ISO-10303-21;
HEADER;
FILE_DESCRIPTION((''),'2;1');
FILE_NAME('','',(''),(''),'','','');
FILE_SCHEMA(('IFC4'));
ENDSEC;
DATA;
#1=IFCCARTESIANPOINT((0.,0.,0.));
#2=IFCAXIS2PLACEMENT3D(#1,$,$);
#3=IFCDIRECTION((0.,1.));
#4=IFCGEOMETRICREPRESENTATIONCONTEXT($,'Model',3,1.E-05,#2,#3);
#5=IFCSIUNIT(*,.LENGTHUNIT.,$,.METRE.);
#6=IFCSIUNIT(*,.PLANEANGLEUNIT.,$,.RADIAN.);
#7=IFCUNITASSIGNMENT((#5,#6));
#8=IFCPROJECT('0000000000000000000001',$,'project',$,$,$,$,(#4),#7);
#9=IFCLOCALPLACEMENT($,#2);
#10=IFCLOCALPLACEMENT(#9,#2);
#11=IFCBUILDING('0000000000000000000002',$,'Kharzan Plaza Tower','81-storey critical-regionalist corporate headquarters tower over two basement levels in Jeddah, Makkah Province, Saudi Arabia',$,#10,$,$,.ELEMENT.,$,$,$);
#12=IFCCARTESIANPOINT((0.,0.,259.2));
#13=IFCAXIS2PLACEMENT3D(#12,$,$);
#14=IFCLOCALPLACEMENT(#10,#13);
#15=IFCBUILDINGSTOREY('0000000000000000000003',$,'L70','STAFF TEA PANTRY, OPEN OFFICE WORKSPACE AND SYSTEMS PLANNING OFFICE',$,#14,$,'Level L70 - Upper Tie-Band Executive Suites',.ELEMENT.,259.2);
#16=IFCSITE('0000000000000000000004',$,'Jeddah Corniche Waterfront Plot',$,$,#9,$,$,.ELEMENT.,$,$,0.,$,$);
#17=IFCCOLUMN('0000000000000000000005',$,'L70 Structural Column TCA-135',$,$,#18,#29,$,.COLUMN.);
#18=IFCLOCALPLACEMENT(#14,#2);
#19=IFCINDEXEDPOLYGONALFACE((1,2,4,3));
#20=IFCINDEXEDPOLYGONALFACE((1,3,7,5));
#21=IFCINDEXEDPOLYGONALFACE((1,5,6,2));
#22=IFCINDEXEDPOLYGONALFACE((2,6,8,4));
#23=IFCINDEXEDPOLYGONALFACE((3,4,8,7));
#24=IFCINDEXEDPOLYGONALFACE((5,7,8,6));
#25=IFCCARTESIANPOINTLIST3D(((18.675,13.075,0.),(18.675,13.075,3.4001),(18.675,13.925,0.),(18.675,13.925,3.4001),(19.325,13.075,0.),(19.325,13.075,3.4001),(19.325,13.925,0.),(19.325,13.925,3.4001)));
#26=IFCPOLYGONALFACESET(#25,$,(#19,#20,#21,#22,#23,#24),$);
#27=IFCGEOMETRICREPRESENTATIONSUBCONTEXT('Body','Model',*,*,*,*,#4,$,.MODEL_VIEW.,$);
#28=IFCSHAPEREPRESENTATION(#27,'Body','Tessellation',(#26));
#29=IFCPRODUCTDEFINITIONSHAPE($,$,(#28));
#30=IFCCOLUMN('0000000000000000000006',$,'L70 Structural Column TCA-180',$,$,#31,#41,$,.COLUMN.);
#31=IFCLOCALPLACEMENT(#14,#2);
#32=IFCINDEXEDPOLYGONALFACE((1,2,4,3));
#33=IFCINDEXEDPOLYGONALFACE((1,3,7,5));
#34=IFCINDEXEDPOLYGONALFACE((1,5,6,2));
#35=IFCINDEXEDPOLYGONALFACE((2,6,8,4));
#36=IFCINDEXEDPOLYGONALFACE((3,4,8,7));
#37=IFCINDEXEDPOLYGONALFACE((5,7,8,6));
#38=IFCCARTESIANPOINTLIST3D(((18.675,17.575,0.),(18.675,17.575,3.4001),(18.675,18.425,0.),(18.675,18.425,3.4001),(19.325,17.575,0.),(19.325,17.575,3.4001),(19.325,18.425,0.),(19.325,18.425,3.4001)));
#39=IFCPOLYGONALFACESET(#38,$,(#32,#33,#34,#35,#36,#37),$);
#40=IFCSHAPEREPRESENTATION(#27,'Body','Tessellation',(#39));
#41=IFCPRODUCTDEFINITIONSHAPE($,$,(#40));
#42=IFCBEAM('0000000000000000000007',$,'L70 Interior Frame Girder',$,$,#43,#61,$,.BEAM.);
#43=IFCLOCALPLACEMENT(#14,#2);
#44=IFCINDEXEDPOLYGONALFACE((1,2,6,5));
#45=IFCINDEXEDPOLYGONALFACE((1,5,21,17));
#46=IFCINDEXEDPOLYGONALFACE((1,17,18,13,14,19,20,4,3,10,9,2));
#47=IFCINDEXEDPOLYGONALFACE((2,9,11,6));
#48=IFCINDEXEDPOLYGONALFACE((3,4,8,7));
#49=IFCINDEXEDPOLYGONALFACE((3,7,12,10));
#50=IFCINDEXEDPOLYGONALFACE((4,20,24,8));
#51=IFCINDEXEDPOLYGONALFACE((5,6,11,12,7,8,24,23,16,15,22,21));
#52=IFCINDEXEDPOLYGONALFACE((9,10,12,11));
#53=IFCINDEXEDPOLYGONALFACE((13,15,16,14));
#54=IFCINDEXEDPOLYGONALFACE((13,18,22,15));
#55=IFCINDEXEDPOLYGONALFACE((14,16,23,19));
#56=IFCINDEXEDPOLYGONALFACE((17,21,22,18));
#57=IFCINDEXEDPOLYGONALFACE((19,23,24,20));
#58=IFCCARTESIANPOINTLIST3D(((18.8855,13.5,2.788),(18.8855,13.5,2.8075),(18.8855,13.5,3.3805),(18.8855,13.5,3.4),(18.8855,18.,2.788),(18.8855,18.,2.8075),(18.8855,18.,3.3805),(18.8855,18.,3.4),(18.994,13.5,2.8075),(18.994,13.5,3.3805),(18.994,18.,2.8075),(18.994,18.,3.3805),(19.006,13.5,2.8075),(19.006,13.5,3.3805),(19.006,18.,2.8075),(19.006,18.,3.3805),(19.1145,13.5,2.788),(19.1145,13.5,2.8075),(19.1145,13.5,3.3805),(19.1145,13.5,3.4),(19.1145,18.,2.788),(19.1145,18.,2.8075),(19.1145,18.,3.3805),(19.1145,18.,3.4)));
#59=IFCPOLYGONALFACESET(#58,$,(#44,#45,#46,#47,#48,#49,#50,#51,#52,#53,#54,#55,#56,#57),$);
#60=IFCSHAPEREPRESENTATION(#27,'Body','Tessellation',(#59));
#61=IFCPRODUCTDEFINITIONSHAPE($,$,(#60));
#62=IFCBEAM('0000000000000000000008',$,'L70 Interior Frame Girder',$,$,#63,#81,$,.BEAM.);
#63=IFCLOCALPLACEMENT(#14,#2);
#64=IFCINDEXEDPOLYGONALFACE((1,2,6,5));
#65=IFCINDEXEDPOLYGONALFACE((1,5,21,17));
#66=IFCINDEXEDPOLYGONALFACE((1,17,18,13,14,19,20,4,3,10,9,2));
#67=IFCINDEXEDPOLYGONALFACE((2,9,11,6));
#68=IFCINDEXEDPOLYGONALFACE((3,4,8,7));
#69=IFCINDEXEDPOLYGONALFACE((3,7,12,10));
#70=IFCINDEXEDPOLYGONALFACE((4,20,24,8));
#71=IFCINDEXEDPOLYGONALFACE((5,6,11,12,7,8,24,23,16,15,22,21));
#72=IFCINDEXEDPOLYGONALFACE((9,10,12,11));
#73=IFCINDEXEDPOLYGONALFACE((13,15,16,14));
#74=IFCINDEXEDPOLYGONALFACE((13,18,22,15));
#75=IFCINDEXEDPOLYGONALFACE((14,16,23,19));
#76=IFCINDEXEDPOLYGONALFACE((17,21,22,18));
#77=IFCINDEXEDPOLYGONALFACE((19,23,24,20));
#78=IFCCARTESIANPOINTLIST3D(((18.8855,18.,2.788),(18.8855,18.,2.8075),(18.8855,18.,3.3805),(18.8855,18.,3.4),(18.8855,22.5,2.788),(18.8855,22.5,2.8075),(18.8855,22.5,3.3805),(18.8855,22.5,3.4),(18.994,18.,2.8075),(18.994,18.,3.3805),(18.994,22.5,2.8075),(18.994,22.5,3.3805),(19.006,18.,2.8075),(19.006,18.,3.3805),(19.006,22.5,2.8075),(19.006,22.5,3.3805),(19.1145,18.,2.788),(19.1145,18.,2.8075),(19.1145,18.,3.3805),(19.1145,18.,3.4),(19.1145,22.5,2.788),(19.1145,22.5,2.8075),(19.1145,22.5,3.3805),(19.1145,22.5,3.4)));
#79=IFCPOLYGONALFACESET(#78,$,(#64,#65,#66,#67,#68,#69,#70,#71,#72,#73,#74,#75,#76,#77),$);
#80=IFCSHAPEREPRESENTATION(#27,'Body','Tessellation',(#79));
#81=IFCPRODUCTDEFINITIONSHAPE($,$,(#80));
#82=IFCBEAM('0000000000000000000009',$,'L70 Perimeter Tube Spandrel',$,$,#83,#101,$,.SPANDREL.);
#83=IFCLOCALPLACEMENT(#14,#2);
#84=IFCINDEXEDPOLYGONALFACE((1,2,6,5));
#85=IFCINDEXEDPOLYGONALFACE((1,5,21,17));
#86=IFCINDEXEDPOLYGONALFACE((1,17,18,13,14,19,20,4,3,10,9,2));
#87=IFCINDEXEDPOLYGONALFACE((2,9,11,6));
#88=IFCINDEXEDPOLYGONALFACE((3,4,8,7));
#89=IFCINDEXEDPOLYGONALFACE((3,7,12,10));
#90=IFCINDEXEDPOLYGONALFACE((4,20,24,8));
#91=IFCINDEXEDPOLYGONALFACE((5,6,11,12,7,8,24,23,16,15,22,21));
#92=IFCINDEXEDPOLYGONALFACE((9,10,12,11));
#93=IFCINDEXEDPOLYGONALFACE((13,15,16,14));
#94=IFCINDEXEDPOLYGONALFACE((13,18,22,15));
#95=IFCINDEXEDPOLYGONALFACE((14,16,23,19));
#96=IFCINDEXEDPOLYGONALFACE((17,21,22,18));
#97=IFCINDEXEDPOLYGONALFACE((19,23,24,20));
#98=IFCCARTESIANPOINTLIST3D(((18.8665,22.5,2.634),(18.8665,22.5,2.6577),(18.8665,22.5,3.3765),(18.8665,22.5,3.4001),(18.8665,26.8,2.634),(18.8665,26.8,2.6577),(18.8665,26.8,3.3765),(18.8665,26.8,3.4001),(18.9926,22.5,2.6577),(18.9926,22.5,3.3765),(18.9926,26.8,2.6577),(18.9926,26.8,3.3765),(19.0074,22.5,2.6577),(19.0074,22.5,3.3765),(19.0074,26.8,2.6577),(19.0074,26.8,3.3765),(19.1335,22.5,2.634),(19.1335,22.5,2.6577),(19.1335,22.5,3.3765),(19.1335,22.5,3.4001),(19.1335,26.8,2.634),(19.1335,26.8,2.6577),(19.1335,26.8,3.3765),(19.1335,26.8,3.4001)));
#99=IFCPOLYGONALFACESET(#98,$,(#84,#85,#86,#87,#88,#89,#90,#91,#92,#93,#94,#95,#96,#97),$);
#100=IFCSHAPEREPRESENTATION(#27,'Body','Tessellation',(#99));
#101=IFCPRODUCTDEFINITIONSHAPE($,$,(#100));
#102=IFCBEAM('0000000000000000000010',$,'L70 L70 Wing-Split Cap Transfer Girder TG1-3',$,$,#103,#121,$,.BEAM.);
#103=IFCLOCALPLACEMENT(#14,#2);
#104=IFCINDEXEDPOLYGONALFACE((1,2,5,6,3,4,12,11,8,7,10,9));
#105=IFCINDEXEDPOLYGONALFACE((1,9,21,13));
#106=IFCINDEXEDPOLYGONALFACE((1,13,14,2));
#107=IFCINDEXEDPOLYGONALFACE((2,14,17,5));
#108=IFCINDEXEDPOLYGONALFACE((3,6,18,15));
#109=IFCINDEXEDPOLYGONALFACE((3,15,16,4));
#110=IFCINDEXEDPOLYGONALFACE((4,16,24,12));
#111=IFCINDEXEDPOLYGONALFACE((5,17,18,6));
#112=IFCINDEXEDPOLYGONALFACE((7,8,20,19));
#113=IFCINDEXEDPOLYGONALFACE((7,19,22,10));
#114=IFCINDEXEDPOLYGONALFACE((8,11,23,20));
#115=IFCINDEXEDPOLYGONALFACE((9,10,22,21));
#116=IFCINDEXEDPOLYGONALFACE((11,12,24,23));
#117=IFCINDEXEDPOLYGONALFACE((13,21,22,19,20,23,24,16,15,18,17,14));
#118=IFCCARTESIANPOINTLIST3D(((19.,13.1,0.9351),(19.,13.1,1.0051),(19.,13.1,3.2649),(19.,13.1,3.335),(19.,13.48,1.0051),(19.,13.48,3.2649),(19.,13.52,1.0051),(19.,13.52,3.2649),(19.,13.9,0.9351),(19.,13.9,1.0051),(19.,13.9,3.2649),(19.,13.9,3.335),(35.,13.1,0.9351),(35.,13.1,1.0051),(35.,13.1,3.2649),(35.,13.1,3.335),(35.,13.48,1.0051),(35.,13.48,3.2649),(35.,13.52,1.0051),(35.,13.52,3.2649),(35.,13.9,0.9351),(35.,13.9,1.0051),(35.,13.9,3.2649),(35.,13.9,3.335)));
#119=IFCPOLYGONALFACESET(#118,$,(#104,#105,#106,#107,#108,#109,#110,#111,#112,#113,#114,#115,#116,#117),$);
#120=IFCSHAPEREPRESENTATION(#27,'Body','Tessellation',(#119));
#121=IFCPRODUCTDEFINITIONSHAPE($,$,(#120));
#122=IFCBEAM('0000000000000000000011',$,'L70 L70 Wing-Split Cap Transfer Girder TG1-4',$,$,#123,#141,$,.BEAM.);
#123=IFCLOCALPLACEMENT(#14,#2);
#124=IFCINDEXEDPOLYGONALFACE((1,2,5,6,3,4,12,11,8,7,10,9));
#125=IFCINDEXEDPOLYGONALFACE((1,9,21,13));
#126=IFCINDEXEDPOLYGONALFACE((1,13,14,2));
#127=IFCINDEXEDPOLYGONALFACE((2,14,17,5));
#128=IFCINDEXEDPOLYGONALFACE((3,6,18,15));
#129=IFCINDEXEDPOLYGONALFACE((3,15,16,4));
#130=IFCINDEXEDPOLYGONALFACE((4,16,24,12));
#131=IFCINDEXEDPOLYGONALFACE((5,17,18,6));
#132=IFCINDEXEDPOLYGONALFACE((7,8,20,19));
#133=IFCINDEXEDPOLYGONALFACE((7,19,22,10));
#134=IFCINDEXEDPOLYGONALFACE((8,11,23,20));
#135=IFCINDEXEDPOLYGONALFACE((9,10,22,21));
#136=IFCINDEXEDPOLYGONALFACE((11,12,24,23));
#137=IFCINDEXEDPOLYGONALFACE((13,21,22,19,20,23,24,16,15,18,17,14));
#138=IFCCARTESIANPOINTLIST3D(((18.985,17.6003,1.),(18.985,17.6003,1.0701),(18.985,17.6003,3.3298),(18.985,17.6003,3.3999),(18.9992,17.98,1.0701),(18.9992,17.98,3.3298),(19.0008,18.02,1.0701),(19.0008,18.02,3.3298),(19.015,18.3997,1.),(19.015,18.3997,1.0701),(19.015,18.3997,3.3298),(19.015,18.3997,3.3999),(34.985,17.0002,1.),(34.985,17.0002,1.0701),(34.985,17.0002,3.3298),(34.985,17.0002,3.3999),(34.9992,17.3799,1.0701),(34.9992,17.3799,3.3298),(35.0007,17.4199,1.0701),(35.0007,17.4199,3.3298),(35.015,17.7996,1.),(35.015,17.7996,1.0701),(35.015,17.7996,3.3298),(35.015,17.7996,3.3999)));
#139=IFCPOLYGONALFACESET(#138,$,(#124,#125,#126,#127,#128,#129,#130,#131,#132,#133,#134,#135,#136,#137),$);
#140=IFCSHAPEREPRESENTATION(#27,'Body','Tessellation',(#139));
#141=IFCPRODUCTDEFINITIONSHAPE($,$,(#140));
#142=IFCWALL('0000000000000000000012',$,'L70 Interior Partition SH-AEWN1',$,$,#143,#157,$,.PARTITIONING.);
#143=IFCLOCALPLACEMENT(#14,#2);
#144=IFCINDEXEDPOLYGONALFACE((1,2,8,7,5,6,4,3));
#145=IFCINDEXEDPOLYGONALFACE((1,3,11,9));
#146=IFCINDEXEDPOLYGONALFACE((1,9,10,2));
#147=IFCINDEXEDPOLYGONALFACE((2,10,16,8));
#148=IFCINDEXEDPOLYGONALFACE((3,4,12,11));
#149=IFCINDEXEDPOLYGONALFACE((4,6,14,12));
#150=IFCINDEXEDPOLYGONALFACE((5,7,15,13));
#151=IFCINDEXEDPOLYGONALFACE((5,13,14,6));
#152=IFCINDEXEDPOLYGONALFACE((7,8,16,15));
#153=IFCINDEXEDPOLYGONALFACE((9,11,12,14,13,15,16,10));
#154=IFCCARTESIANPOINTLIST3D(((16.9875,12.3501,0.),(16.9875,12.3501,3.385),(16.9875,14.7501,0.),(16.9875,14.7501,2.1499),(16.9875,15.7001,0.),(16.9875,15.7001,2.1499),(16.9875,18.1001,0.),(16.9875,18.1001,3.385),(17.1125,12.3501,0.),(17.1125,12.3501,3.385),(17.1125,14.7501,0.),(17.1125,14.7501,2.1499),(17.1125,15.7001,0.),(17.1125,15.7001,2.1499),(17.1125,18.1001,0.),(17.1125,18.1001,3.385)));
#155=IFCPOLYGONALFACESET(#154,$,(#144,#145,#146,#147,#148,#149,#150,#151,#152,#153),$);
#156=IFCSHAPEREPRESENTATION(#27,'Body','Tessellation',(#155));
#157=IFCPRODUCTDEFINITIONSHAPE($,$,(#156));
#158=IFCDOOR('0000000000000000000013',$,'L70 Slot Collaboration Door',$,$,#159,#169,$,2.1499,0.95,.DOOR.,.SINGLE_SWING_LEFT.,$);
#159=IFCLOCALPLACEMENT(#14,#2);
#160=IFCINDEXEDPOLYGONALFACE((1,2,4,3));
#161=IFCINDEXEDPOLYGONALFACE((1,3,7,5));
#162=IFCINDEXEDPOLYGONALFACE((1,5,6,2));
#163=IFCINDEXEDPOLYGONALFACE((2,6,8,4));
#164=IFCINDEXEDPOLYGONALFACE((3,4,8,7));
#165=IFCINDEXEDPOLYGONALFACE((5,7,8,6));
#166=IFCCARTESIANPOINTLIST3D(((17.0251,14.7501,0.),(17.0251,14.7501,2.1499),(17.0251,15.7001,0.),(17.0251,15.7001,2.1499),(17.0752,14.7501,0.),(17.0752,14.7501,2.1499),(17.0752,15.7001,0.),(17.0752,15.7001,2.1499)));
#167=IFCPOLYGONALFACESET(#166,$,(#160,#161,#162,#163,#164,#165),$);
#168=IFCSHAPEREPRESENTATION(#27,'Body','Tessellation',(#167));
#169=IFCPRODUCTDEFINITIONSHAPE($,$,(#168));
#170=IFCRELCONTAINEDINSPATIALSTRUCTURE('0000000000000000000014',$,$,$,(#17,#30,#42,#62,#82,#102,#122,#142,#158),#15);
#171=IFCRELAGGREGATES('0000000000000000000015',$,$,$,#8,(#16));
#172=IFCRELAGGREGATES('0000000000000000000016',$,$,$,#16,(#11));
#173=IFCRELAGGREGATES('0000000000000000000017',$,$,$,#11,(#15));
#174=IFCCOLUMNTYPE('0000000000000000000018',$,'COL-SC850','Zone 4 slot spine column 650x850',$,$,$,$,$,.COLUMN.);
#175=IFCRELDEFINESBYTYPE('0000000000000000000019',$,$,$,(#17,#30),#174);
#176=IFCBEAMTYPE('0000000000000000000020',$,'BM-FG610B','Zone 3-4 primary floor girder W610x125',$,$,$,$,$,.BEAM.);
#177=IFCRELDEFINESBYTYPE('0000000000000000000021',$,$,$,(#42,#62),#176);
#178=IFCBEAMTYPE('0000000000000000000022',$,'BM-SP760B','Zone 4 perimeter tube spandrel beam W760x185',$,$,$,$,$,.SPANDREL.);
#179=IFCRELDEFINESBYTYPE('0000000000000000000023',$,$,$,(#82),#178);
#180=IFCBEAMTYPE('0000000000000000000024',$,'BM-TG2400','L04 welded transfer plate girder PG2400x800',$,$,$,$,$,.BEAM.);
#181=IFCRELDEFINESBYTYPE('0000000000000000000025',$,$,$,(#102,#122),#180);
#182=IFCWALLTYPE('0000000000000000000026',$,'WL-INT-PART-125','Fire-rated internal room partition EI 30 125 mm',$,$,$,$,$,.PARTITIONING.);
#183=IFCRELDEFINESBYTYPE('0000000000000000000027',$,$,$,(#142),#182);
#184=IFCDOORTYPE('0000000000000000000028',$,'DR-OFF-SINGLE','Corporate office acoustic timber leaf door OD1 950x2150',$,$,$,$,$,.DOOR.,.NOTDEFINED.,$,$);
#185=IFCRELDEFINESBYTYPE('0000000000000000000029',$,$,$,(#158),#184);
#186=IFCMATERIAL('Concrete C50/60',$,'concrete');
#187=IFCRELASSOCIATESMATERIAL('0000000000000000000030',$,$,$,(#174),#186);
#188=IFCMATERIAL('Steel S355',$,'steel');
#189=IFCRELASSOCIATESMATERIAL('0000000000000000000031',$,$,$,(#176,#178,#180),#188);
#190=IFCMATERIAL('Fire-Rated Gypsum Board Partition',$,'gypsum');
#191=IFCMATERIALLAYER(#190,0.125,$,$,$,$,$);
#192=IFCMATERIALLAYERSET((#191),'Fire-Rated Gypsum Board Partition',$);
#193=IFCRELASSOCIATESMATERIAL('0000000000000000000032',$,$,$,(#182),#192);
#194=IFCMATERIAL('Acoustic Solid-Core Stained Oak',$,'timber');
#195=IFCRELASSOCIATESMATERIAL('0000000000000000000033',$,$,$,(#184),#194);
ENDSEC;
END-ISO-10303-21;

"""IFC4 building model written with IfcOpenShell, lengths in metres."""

from ifc_helpers import new_model, si_unit, direction, frame, frame_2d, origin, origin_2d, place, context, subcontext, project, spatial, rectangle, i_section, extrude, source, transform, mapped, material, layer, layer_set, material_profile, profile_set, type_object, element, fill, save


model = new_model("IFC4")

# Units and contexts
model_context = context("Model", 3, precision=1e-05, world=origin(), true_north=direction((0.0, 1.0)))
body_context = subcontext(model_context, "Body", "Model", "MODEL_VIEW")
ifc_project = project(units=[si_unit("LENGTHUNIT", "METRE"), si_unit("PLANEANGLEUNIT", "RADIAN")], contexts=[model_context])

# Site, building, storey
site_placement = place(None, origin())
site = spatial("IfcSite", under=ifc_project, at=site_placement, Name="Jeddah Corniche Waterfront Plot", CompositionType="ELEMENT", RefElevation=0.0)
building_placement = place(site_placement, origin())
building = spatial("IfcBuilding", under=site, at=building_placement, Name="Kharzan Plaza Tower", Description="81-storey critical-regionalist corporate headquarters tower over two basement levels in Jeddah, Makkah Province, Saudi Arabia", CompositionType="ELEMENT")
storey_placement = place(building_placement, frame((0.0, 0.0, 259.2)))
storey = spatial("IfcBuildingStorey", under=building, at=storey_placement, Name="L70", Description="STAFF TEA PANTRY, OPEN OFFICE WORKSPACE AND SYSTEMS PLANNING OFFICE", LongName="Level L70 - Upper Tie-Band Executive Suites", CompositionType="ELEMENT", Elevation=259.2)

# Columns
ifc_material_1 = material(Name="Concrete C50/60", Category="concrete")
ifc_material_profile_1 = material_profile(ifc_material_1, rectangle(XDim=0.6499, YDim=0.8501, at=origin_2d()), Name="RC-SC850x650")
ifc_profile_set_1 = profile_set([ifc_material_profile_1], Name="Concrete C50/60")
column_type = type_object("IfcColumnType", Name="COL-SC850", Description="Zone 4 slot spine column 650x850", PredefinedType="COLUMN", material=ifc_profile_set_1)
shared_shape_1 = source(origin(), body_context, "Body", "SweptSolid", [
    extrude(rectangle(XDim=0.6499, YDim=0.8501, at=origin_2d()), origin(), (0.0, 0.0, 1.0), 3.4001),
])
for number, where, z_axis, x_axis, name in (
    (1, (19.0, 13.5, 0.0), (0.0, 0.0, 1.0), (1.0, 0.0, 0.0), "L70 Structural Column TCA-135"),
    (2, (19.0, 18.0, 0.0), (0.0, 0.0, 1.0), (1.0, 0.0, 0.0), "L70 Structural Column TCA-180"),
):
    element("IfcColumn", number, at=place(storey_placement, frame(where, z_axis=z_axis, x_axis=x_axis)), inside=storey, type_object=column_type, Name=name, PredefinedType="COLUMN", context=body_context, shape_type="MappedRepresentation", body=[
        mapped(shared_shape_1, transform((0.0, 0.0, 0.0), x_axis=(1.0, 0.0, 0.0), y_axis=(0.0, 1.0, 0.0), z_axis=(0.0, 0.0, 1.0))),
    ])

# Beams
ifc_material_2 = material(Name="Steel S355", Category="steel")
ifc_material_profile_2 = material_profile(ifc_material_2, i_section(OverallWidth=0.229, OverallDepth=0.6121, WebThickness=0.012, FlangeThickness=0.0195, at=origin_2d()), Name="W610x125")
ifc_profile_set_2 = profile_set([ifc_material_profile_2], Name="Steel S355")
beam_type_1 = type_object("IfcBeamType", Name="BM-FG610B", Description="Zone 3-4 primary floor girder W610x125", PredefinedType="BEAM", material=ifc_profile_set_2)
shared_shape_2 = source(origin(), body_context, "Body", "SweptSolid", [
    extrude(i_section(OverallWidth=0.229, OverallDepth=0.6121, WebThickness=0.012, FlangeThickness=0.0195, at=origin_2d()), origin(), (0.0, 0.0, 1.0), 4.5),
])
for number, where, z_axis, x_axis, name in (
    (3, (19.0, 13.5, 3.094), (0.0, 1.0, 0.0), (-1.0, 0.0, 0.0), "L70 Interior Frame Girder"),
    (4, (19.0, 18.0, 3.094), (0.0, 1.0, 0.0), (-1.0, 0.0, 0.0), "L70 Interior Frame Girder"),
):
    element("IfcBeam", number, at=place(storey_placement, frame(where, z_axis=z_axis, x_axis=x_axis)), inside=storey, type_object=beam_type_1, Name=name, PredefinedType="BEAM", context=body_context, shape_type="MappedRepresentation", body=[
        mapped(shared_shape_2, transform((0.0, 0.0, 0.0), x_axis=(1.0, 0.0, 0.0), y_axis=(0.0, 1.0, 0.0), z_axis=(0.0, 0.0, 1.0))),
    ])
ifc_material_profile_3 = material_profile(ifc_material_2, i_section(OverallWidth=0.2671, OverallDepth=0.7661, WebThickness=0.0149, FlangeThickness=0.0237, at=origin_2d()), Name="W760x185")
ifc_profile_set_3 = profile_set([ifc_material_profile_3], Name="Steel S355")
beam_type_2 = type_object("IfcBeamType", Name="BM-SP760B", Description="Zone 4 perimeter tube spandrel beam W760x185", PredefinedType="SPANDREL", material=ifc_profile_set_3)
shared_shape_3 = source(origin(), body_context, "Body", "SweptSolid", [
    extrude(i_section(OverallWidth=0.2671, OverallDepth=0.7661, WebThickness=0.0149, FlangeThickness=0.0237, at=origin_2d()), origin(), (0.0, 0.0, 1.0), 4.3),
])
beam_1_placement = place(storey_placement, frame((19.0, 22.5, 3.0171), z_axis=(0.0, 1.0, 0.0), x_axis=(-1.0, 0.0, 0.0)))
element("IfcBeam", 5, at=beam_1_placement, inside=storey, type_object=beam_type_2, Name="L70 Perimeter Tube Spandrel", PredefinedType="SPANDREL", context=body_context, shape_type="MappedRepresentation", body=[
    mapped(shared_shape_3, transform((0.0, 0.0, 0.0), x_axis=(1.0, 0.0, 0.0), y_axis=(0.0, 1.0, 0.0), z_axis=(0.0, 0.0, 1.0))),
])
ifc_material_profile_4 = material_profile(ifc_material_2, i_section(OverallWidth=0.8, OverallDepth=2.3999, WebThickness=0.04, FlangeThickness=0.0701, at=origin_2d()), Name="PG2400x800")
ifc_profile_set_4 = profile_set([ifc_material_profile_4], Name="Steel S355")
beam_type_3 = type_object("IfcBeamType", Name="BM-TG2400", Description="L04 welded transfer plate girder PG2400x800", PredefinedType="BEAM", material=ifc_profile_set_4)
shared_shape_4 = source(origin(), body_context, "Body", "SweptSolid", [
    extrude(i_section(OverallWidth=0.8, OverallDepth=2.3999, WebThickness=0.04, FlangeThickness=0.0701, at=origin_2d()), origin(), (0.0, 0.0, 1.0), 16.0),
])
beam_2_placement = place(storey_placement, frame((19.0, 13.5, 2.135), z_axis=(1.0, 0.0, 0.0), x_axis=(0.0, 1.0, 0.0)))
element("IfcBeam", 6, at=beam_2_placement, inside=storey, type_object=beam_type_3, Name="L70 L70 Wing-Split Cap Transfer Girder TG1-3", PredefinedType="BEAM", context=body_context, shape_type="MappedRepresentation", body=[
    mapped(shared_shape_4, transform((0.0, 0.0, 0.0), x_axis=(1.0, 0.0, 0.0), y_axis=(0.0, 1.0, 0.0), z_axis=(0.0, 0.0, 1.0))),
])
shared_shape_5 = source(origin(), body_context, "Body", "SweptSolid", [
    extrude(i_section(OverallWidth=0.8, OverallDepth=2.3999, WebThickness=0.04, FlangeThickness=0.0701, at=origin_2d()), origin(), (0.0, 0.0, 1.0), 16.0112),
])
beam_3_placement = place(storey_placement, frame((19.0, 18.0, 2.2), z_axis=(0.999297, -0.03748, 0.0), x_axis=(0.03748, 0.999297, 0.0)))
element("IfcBeam", 7, at=beam_3_placement, inside=storey, type_object=beam_type_3, Name="L70 L70 Wing-Split Cap Transfer Girder TG1-4", PredefinedType="BEAM", context=body_context, shape_type="MappedRepresentation", body=[
    mapped(shared_shape_5, transform((0.0, 0.0, 0.0), x_axis=(1.0, 0.0, 0.0), y_axis=(0.0, 1.0, 0.0), z_axis=(0.0, 0.0, 1.0))),
])

# Wall, opening, door
ifc_material_3 = material(Name="Fire-Rated Gypsum Board Partition", Category="gypsum")
ifc_layer_1 = layer(ifc_material_3, 0.125)
ifc_layer_set_1 = layer_set([ifc_layer_1], Name="Fire-Rated Gypsum Board Partition")
wall_type_1 = type_object("IfcWallType", Name="WL-INT-PART-125", Description="Fire-rated internal room partition EI 30 125 mm", PredefinedType="PARTITIONING", material=ifc_layer_set_1)
wall_1_placement = place(storey_placement, frame((17.05, 12.3501, 0.0), z_axis=(0.0, 0.0, 1.0), x_axis=(0.0, 1.0, 0.0)))
wall_1 = element("IfcWall", 8, at=wall_1_placement, inside=storey, type_object=wall_type_1, Name="L70 Interior Partition SH-AEWN1", PredefinedType="PARTITIONING", context=body_context, shape_type="SweptSolid", body=[
    extrude(rectangle(XDim=5.75, YDim=0.125, at=frame_2d((2.875, 0.0))), origin(), (0.0, 0.0, 1.0), 3.385),
])
opening_1_placement = place(wall_1_placement, frame((2.3999, 0.0, 0.0)))
opening_1 = element("IfcOpeningElement", 9, at=opening_1_placement, cuts=wall_1, PredefinedType="OPENING", context=body_context, shape_type="SweptSolid", body=[
    extrude(rectangle(XDim=0.95, YDim=2.1499, at=frame_2d((0.4751, 1.075))), frame((0.0, 0.0725, 0.0), z_axis=(0.0, -1.0, 0.0), x_axis=(1.0, 0.0, 0.0)), (0.0, 0.0, 1.0), 0.145),
])
ifc_material_4 = material(Name="Acoustic Solid-Core Stained Oak", Category="timber")
door_type = type_object("IfcDoorType", Name="DR-OFF-SINGLE", Description="Corporate office acoustic timber leaf door OD1 950x2150", OperationType="NOTDEFINED", PredefinedType="DOOR", material=ifc_material_4)
shared_shape_6 = source(origin(), body_context, "Body", "SweptSolid", [
    extrude(rectangle(XDim=0.95, YDim=2.1499, at=frame_2d((0.4751, 1.075))), frame((0.0, 0.0249, 0.0), z_axis=(0.0, -1.0, 0.0), x_axis=(1.0, 0.0, 0.0)), (0.0, 0.0, 1.0), 0.05),
])
door_1_placement = place(opening_1_placement, origin())
door_1 = element("IfcDoor", 10, at=door_1_placement, inside=storey, type_object=door_type, Name="L70 Slot Collaboration Door", OperationType="SINGLE_SWING_LEFT", OverallHeight=2.1499, OverallWidth=0.95, PredefinedType="DOOR", context=body_context, shape_type="MappedRepresentation", body=[
    mapped(shared_shape_6, transform((0.0, 0.0, 0.0), x_axis=(1.0, 0.0, 0.0), y_axis=(0.0, 1.0, 0.0), z_axis=(0.0, 0.0, 1.0))),
])
fill(opening_1, door_1)

save(model, "model.ifc")
